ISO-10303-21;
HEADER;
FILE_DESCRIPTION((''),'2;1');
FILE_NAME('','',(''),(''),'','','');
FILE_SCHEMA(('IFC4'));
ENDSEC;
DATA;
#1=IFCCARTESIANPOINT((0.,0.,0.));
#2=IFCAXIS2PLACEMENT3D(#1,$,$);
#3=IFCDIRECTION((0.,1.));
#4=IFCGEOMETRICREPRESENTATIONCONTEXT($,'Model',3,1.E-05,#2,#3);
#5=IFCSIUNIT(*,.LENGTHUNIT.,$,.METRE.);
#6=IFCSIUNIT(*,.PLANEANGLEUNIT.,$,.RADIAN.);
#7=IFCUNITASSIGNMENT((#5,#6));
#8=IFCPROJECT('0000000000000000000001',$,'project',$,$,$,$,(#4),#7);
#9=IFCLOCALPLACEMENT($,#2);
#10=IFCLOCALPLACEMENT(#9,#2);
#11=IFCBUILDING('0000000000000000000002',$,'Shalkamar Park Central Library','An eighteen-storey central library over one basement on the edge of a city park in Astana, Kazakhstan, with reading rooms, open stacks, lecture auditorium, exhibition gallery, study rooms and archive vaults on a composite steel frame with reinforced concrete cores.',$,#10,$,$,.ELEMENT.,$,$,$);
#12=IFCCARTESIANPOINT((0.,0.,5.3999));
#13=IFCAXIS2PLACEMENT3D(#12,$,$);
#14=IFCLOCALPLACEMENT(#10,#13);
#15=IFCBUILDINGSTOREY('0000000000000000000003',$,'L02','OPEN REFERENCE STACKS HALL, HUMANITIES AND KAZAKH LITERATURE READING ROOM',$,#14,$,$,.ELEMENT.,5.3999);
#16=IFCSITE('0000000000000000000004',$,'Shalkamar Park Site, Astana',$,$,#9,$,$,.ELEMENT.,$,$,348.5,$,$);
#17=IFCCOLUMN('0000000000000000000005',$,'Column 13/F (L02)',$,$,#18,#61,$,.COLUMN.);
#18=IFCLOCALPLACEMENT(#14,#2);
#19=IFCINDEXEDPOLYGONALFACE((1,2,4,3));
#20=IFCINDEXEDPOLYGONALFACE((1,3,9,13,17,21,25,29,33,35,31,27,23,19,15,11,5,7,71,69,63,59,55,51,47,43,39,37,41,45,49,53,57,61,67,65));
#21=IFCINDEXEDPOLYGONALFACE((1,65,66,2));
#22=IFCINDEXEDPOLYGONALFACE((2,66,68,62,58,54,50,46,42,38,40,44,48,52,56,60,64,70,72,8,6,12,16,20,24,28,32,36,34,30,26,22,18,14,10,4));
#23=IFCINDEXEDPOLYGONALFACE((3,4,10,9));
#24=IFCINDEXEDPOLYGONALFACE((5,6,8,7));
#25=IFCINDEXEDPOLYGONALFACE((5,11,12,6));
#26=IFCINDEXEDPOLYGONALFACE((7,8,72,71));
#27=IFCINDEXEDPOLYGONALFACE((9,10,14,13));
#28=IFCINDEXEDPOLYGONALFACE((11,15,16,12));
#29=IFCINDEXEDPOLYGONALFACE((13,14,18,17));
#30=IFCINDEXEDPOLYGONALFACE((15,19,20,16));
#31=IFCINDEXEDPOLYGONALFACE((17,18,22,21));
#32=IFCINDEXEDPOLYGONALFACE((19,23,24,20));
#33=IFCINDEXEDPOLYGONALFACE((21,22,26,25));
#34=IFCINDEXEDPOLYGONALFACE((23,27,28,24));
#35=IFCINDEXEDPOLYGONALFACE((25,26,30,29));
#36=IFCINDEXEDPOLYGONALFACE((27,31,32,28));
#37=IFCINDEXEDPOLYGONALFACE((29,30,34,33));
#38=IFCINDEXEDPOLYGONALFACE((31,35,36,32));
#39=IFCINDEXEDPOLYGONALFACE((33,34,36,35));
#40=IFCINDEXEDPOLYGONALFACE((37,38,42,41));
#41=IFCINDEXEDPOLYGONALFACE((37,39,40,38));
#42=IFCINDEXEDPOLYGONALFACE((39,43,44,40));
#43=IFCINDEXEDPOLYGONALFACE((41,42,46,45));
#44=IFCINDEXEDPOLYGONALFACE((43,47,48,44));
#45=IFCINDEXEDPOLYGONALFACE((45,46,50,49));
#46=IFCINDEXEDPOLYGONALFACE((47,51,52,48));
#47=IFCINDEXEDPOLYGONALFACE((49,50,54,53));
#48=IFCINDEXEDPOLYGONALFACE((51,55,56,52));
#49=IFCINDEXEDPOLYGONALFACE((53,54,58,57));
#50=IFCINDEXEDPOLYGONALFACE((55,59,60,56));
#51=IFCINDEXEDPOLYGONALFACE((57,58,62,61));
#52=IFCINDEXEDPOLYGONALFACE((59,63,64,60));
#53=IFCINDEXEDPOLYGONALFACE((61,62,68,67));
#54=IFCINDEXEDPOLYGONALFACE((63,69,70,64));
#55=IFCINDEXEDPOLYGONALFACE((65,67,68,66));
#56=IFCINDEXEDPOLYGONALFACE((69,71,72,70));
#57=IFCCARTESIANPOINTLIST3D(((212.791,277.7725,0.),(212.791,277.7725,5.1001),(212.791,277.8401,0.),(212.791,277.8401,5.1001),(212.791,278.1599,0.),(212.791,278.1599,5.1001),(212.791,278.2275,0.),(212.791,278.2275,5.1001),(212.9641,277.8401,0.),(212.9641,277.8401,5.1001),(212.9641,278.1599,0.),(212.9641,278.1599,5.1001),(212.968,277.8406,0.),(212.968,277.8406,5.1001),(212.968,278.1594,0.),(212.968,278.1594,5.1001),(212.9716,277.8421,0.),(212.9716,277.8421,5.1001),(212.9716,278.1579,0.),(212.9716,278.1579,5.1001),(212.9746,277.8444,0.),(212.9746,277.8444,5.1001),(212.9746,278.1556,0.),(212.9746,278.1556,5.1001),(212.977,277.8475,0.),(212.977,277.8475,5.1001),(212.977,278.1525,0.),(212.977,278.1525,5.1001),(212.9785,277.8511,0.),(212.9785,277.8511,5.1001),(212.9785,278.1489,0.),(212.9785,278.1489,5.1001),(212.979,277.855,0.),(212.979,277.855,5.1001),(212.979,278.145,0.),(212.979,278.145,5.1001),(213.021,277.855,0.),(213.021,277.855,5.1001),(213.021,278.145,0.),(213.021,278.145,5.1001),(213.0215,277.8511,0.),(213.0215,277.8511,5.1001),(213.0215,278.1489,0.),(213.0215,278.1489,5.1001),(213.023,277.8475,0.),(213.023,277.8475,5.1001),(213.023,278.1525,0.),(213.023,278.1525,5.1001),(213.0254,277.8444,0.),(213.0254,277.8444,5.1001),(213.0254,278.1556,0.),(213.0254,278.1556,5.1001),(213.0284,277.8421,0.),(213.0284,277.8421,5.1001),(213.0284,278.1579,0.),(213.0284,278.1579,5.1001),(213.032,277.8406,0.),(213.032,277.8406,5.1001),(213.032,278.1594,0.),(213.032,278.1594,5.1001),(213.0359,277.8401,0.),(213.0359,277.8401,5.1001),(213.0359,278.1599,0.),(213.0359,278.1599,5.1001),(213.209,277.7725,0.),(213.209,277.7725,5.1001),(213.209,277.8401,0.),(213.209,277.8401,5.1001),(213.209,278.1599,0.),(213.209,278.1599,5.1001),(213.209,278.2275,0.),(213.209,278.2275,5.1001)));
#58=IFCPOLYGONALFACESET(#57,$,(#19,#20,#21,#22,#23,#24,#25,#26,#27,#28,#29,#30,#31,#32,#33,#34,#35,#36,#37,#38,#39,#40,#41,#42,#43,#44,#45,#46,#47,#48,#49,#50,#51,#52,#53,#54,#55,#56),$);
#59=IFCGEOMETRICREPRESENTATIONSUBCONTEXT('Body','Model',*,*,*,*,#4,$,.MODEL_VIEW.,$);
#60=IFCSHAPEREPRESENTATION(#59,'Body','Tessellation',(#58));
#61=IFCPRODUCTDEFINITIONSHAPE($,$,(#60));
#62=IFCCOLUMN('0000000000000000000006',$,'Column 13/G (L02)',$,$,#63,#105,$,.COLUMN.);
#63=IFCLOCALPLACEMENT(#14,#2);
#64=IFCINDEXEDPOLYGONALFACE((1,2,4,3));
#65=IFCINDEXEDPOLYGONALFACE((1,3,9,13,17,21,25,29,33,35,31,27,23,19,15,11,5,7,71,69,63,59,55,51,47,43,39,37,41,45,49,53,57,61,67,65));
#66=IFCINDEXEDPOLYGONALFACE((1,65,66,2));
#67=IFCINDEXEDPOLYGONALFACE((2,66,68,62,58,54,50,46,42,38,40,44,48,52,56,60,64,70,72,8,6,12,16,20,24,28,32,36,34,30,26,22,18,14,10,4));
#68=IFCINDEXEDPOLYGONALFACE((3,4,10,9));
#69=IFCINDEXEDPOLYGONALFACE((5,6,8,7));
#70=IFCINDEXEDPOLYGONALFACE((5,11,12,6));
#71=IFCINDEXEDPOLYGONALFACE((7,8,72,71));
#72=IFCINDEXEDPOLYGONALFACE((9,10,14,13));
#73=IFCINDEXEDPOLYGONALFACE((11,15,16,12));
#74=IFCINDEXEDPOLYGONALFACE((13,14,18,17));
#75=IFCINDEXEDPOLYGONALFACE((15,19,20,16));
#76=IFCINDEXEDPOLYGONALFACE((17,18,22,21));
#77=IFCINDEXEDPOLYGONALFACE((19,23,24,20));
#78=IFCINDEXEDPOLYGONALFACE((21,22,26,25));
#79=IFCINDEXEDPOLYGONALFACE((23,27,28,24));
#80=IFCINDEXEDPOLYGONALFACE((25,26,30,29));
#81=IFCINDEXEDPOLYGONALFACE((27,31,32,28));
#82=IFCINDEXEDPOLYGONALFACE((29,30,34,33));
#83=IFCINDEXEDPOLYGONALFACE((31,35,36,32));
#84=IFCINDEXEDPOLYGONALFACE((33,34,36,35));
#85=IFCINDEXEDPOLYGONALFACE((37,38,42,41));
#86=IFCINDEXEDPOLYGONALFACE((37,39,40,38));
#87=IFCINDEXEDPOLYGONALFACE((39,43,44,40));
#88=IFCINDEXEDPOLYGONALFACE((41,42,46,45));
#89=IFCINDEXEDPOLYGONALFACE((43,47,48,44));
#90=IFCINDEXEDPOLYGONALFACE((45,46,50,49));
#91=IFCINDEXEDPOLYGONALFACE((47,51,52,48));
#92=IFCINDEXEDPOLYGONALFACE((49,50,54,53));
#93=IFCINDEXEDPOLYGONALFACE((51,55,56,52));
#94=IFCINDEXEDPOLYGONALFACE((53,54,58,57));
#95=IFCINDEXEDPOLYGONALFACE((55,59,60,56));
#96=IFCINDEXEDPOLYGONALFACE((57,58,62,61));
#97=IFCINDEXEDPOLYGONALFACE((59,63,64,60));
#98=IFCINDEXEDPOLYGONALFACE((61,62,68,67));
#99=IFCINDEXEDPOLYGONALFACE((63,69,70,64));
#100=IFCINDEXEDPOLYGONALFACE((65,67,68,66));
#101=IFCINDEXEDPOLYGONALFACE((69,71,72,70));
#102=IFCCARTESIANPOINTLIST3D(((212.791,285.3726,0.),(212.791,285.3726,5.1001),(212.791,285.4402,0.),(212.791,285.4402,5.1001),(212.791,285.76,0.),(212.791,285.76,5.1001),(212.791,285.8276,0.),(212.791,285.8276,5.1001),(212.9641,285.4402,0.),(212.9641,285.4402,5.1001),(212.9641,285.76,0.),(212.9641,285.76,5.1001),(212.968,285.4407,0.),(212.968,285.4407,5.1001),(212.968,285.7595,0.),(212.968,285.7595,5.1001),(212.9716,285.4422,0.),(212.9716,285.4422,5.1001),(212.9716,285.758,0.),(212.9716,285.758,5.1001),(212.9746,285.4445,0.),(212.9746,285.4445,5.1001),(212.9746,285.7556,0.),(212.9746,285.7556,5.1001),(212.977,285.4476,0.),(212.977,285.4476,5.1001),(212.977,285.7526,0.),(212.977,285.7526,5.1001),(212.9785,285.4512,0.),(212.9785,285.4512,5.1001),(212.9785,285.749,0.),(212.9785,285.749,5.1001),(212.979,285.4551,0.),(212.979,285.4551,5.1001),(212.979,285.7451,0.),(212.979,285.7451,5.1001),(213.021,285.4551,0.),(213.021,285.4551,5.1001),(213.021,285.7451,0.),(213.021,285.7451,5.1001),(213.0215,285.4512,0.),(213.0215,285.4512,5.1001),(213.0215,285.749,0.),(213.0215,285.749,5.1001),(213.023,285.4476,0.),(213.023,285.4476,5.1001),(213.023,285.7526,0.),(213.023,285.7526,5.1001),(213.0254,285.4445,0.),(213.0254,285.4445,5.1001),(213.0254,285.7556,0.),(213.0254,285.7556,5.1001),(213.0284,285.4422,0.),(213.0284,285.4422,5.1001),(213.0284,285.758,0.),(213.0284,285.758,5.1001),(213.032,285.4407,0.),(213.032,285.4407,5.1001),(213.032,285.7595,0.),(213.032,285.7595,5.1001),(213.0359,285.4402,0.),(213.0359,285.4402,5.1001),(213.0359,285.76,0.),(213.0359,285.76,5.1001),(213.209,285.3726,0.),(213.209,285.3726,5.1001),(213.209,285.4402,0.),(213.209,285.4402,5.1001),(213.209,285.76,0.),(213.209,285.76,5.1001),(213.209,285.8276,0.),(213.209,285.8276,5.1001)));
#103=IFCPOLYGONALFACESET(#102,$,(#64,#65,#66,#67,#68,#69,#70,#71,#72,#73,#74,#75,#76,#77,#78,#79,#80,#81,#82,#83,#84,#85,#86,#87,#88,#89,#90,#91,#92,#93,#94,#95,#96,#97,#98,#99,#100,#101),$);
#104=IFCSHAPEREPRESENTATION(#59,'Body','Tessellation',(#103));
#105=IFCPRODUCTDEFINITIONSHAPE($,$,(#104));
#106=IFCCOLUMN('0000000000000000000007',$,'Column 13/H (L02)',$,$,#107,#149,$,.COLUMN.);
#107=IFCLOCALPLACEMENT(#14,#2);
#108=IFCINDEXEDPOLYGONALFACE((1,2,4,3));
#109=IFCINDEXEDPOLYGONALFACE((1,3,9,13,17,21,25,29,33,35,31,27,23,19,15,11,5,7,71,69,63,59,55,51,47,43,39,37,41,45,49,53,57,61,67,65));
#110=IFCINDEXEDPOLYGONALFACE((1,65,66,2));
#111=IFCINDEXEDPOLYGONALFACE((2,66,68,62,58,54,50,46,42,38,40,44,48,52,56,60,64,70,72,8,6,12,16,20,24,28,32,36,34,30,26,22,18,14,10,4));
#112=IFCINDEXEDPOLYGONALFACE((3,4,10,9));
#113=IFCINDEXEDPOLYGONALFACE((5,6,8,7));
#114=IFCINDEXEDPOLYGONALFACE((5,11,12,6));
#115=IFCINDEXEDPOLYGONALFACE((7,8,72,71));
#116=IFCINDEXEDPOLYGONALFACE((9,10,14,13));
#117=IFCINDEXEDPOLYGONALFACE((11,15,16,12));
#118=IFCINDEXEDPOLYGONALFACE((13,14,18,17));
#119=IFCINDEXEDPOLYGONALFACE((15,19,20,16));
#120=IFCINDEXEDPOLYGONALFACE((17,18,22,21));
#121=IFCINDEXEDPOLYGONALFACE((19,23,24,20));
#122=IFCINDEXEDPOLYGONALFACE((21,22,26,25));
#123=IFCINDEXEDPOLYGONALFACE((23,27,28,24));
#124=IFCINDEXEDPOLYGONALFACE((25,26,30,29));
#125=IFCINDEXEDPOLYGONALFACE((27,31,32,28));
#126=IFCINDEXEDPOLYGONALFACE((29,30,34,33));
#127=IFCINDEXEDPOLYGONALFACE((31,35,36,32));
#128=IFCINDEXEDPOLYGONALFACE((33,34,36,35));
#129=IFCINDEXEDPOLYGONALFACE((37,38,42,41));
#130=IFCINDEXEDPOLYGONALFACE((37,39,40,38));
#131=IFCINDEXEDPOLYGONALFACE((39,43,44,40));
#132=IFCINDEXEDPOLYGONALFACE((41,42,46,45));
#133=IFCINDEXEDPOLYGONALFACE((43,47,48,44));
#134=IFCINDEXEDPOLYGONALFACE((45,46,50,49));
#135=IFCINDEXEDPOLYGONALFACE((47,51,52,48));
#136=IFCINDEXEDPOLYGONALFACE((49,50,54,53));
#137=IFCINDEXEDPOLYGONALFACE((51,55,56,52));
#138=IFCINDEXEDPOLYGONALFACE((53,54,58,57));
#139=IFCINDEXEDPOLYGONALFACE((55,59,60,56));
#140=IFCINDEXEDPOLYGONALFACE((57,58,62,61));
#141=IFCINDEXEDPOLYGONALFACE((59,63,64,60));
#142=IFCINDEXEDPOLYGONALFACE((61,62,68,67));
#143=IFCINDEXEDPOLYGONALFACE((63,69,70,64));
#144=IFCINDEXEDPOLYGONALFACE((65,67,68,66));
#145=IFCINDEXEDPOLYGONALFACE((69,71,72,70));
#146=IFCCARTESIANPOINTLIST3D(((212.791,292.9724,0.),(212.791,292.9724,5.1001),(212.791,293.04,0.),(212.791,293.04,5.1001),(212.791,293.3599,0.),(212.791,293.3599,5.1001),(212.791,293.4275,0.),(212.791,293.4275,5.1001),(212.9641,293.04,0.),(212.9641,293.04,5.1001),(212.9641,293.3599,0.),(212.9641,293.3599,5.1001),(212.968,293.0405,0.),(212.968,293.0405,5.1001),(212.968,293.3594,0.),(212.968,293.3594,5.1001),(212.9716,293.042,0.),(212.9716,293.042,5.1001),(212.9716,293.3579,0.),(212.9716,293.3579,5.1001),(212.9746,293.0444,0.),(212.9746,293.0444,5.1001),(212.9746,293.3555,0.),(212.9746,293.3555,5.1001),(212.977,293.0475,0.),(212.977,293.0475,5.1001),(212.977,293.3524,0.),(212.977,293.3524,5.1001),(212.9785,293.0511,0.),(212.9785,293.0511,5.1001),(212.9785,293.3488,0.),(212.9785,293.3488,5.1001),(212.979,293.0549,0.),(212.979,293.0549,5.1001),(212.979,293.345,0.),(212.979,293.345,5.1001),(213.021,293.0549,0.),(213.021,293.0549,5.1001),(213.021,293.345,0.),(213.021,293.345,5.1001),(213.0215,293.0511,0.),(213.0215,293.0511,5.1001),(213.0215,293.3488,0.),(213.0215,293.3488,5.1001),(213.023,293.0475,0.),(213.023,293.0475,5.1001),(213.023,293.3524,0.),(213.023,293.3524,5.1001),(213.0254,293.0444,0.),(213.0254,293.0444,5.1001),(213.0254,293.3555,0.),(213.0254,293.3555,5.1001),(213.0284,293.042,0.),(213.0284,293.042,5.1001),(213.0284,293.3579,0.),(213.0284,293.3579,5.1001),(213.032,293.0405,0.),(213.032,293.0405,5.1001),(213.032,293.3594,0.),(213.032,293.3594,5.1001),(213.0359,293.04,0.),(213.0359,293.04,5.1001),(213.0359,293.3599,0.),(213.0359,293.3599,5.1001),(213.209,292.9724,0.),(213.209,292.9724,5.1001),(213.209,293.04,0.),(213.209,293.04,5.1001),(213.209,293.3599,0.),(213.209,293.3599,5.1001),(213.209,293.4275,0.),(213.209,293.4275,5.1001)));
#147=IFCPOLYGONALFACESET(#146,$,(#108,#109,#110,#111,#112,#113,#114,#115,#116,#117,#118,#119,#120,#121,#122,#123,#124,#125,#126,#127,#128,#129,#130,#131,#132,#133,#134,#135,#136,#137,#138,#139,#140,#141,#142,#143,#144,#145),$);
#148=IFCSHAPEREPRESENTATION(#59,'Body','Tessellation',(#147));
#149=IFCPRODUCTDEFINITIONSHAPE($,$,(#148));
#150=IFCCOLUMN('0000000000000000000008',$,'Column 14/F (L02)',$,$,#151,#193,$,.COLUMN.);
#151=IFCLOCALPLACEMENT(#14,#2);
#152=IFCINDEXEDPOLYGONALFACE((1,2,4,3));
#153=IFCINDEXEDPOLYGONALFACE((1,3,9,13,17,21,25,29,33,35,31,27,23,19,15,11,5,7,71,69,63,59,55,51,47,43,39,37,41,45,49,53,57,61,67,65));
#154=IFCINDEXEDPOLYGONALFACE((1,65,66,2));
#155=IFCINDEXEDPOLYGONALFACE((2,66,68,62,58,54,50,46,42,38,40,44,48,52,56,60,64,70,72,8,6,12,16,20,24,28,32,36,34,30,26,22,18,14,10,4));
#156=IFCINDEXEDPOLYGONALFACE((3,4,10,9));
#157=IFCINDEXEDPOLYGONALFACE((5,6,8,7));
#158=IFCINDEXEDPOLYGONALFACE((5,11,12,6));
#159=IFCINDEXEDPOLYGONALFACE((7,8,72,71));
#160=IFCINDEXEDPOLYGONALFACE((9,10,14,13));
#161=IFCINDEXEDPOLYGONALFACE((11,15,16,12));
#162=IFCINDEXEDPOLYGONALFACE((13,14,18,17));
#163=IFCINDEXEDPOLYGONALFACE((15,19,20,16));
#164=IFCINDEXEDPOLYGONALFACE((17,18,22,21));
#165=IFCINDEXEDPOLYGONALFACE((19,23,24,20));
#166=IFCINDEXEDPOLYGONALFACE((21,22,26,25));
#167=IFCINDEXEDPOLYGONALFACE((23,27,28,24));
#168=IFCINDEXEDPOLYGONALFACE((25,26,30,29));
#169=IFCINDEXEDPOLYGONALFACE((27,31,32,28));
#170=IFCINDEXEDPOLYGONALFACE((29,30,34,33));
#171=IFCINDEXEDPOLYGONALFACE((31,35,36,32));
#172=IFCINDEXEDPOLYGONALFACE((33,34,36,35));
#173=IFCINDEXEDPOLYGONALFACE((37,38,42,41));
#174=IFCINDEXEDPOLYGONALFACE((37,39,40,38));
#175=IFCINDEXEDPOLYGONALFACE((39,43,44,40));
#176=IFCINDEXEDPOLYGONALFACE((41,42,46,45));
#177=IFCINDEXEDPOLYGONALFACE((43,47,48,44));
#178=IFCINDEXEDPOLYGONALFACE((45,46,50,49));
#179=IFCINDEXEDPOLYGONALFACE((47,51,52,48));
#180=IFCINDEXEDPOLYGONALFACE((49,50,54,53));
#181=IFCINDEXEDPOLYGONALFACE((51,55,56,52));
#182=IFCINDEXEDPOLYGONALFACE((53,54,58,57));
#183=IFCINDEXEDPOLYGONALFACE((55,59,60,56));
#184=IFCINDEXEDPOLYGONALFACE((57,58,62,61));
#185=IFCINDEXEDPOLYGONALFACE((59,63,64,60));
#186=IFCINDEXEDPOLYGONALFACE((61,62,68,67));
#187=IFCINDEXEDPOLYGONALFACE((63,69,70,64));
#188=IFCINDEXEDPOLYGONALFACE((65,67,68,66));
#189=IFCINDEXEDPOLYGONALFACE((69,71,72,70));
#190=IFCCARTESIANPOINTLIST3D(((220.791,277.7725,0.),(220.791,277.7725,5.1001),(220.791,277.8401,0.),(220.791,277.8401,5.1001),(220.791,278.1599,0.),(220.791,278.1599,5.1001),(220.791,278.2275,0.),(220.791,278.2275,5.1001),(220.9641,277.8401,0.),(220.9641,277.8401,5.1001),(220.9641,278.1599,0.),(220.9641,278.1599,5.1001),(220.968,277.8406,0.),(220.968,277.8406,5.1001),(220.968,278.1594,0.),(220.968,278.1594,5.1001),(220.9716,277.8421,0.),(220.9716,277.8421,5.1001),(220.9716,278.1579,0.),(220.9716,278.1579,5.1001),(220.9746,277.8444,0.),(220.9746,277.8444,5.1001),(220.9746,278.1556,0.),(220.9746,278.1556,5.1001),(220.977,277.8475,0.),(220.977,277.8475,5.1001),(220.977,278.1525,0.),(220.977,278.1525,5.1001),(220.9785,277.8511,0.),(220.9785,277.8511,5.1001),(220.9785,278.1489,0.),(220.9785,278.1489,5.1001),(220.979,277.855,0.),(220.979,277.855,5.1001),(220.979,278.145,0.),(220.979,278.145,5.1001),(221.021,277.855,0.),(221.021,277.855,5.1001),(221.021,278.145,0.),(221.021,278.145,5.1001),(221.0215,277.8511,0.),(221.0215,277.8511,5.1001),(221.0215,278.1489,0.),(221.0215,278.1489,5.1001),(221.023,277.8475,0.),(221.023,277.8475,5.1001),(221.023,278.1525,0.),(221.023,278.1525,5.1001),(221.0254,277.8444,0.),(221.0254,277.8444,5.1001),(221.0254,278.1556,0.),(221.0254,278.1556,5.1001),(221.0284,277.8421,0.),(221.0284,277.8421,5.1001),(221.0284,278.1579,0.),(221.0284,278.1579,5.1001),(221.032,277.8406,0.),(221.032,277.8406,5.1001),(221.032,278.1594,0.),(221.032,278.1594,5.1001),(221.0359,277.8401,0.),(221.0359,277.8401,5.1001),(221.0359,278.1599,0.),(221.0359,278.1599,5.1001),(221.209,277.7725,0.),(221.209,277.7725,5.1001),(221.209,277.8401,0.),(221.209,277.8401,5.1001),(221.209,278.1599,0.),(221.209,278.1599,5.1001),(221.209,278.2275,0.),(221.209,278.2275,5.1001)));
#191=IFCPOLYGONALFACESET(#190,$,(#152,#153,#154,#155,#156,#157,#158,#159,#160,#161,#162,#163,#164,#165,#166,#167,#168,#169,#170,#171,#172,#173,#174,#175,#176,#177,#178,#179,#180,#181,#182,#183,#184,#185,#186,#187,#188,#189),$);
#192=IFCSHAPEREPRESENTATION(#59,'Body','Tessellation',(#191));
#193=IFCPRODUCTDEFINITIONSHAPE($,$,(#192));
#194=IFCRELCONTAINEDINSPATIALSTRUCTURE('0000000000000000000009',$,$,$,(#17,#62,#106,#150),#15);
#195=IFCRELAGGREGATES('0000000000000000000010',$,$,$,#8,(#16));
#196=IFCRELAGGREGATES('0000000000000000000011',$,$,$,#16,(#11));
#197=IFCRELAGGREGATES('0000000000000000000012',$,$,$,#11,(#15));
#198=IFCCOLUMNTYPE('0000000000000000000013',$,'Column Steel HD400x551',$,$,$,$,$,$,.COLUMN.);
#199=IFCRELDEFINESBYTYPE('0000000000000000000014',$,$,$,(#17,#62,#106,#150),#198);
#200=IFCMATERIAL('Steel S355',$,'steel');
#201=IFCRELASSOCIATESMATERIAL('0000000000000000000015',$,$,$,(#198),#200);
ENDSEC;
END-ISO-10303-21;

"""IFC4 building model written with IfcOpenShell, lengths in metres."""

from ifc_helpers import new_model, si_unit, direction, frame, origin, origin_2d, place, context, subcontext, project, spatial, i_section, extrude, material, material_profile, profile_set, type_object, element, save


model = new_model("IFC4")

# Units and contexts
model_context = context("Model", 3, precision=1e-05, world=origin(), true_north=direction((0.0, 1.0)))
body_context = subcontext(model_context, "Body", "Model", "MODEL_VIEW")
ifc_project = project(units=[si_unit("LENGTHUNIT", "METRE"), si_unit("PLANEANGLEUNIT", "RADIAN")], contexts=[model_context])

# Site, building, storey
site_placement = place(None, origin())
site = spatial("IfcSite", under=ifc_project, at=site_placement, Name="Shalkamar Park Site, Astana", CompositionType="ELEMENT", RefElevation=348.5)
building_placement = place(site_placement, origin())
building = spatial("IfcBuilding", under=site, at=building_placement, Name="Shalkamar Park Central Library", Description="An eighteen-storey central library over one basement on the edge of a city park in Astana, Kazakhstan, with reading rooms, open stacks, lecture auditorium, exhibition gallery, study rooms and archive vaults on a composite steel frame with reinforced concrete cores.", CompositionType="ELEMENT")
storey_placement = place(building_placement, frame((0.0, 0.0, 5.3999)))
storey = spatial("IfcBuildingStorey", under=building, at=storey_placement, Name="L02", Description="OPEN REFERENCE STACKS HALL, HUMANITIES AND KAZAKH LITERATURE READING ROOM", CompositionType="ELEMENT", Elevation=5.3999)

# Columns
ifc_material = material(Name="Steel S355", Category="steel")
ifc_material_profile_1 = material_profile(ifc_material, i_section(OverallWidth=0.418, OverallDepth=0.4551, WebThickness=0.042, FlangeThickness=0.0676, FilletRadius=0.0149, at=origin_2d()), Name="HD 400x551")
ifc_profile_set_1 = profile_set([ifc_material_profile_1], Name="Steel S355")
column_type = type_object("IfcColumnType", Name="Column Steel HD400x551", PredefinedType="COLUMN", material=ifc_profile_set_1)
for number, where, z_axis, x_axis, name in (
    (1, (213.0, 278.0, 0.0), (0.0, 0.0, 1.0), (1.0, 0.0, 0.0), "Column 13/F (L02)"),
    (2, (213.0, 285.6001, 0.0), (0.0, 0.0, 1.0), (1.0, 0.0, 0.0), "Column 13/G (L02)"),
    (3, (213.0, 293.2, 0.0), (0.0, 0.0, 1.0), (1.0, 0.0, 0.0), "Column 13/H (L02)"),
    (4, (221.0, 278.0, 0.0), (0.0, 0.0, 1.0), (1.0, 0.0, 0.0), "Column 14/F (L02)"),
):
    element("IfcColumn", number, at=place(storey_placement, frame(where, z_axis=z_axis, x_axis=x_axis)), inside=storey, type_object=column_type, Name=name, PredefinedType="COLUMN", context=body_context, shape_type="SweptSolid", body=[
        extrude(i_section(OverallWidth=0.418, OverallDepth=0.4551, WebThickness=0.042, FlangeThickness=0.0676, FilletRadius=0.0149, at=origin_2d()), origin(), (0.0, 0.0, 1.0), 5.1001),
    ])

save(model, "model.ifc")
